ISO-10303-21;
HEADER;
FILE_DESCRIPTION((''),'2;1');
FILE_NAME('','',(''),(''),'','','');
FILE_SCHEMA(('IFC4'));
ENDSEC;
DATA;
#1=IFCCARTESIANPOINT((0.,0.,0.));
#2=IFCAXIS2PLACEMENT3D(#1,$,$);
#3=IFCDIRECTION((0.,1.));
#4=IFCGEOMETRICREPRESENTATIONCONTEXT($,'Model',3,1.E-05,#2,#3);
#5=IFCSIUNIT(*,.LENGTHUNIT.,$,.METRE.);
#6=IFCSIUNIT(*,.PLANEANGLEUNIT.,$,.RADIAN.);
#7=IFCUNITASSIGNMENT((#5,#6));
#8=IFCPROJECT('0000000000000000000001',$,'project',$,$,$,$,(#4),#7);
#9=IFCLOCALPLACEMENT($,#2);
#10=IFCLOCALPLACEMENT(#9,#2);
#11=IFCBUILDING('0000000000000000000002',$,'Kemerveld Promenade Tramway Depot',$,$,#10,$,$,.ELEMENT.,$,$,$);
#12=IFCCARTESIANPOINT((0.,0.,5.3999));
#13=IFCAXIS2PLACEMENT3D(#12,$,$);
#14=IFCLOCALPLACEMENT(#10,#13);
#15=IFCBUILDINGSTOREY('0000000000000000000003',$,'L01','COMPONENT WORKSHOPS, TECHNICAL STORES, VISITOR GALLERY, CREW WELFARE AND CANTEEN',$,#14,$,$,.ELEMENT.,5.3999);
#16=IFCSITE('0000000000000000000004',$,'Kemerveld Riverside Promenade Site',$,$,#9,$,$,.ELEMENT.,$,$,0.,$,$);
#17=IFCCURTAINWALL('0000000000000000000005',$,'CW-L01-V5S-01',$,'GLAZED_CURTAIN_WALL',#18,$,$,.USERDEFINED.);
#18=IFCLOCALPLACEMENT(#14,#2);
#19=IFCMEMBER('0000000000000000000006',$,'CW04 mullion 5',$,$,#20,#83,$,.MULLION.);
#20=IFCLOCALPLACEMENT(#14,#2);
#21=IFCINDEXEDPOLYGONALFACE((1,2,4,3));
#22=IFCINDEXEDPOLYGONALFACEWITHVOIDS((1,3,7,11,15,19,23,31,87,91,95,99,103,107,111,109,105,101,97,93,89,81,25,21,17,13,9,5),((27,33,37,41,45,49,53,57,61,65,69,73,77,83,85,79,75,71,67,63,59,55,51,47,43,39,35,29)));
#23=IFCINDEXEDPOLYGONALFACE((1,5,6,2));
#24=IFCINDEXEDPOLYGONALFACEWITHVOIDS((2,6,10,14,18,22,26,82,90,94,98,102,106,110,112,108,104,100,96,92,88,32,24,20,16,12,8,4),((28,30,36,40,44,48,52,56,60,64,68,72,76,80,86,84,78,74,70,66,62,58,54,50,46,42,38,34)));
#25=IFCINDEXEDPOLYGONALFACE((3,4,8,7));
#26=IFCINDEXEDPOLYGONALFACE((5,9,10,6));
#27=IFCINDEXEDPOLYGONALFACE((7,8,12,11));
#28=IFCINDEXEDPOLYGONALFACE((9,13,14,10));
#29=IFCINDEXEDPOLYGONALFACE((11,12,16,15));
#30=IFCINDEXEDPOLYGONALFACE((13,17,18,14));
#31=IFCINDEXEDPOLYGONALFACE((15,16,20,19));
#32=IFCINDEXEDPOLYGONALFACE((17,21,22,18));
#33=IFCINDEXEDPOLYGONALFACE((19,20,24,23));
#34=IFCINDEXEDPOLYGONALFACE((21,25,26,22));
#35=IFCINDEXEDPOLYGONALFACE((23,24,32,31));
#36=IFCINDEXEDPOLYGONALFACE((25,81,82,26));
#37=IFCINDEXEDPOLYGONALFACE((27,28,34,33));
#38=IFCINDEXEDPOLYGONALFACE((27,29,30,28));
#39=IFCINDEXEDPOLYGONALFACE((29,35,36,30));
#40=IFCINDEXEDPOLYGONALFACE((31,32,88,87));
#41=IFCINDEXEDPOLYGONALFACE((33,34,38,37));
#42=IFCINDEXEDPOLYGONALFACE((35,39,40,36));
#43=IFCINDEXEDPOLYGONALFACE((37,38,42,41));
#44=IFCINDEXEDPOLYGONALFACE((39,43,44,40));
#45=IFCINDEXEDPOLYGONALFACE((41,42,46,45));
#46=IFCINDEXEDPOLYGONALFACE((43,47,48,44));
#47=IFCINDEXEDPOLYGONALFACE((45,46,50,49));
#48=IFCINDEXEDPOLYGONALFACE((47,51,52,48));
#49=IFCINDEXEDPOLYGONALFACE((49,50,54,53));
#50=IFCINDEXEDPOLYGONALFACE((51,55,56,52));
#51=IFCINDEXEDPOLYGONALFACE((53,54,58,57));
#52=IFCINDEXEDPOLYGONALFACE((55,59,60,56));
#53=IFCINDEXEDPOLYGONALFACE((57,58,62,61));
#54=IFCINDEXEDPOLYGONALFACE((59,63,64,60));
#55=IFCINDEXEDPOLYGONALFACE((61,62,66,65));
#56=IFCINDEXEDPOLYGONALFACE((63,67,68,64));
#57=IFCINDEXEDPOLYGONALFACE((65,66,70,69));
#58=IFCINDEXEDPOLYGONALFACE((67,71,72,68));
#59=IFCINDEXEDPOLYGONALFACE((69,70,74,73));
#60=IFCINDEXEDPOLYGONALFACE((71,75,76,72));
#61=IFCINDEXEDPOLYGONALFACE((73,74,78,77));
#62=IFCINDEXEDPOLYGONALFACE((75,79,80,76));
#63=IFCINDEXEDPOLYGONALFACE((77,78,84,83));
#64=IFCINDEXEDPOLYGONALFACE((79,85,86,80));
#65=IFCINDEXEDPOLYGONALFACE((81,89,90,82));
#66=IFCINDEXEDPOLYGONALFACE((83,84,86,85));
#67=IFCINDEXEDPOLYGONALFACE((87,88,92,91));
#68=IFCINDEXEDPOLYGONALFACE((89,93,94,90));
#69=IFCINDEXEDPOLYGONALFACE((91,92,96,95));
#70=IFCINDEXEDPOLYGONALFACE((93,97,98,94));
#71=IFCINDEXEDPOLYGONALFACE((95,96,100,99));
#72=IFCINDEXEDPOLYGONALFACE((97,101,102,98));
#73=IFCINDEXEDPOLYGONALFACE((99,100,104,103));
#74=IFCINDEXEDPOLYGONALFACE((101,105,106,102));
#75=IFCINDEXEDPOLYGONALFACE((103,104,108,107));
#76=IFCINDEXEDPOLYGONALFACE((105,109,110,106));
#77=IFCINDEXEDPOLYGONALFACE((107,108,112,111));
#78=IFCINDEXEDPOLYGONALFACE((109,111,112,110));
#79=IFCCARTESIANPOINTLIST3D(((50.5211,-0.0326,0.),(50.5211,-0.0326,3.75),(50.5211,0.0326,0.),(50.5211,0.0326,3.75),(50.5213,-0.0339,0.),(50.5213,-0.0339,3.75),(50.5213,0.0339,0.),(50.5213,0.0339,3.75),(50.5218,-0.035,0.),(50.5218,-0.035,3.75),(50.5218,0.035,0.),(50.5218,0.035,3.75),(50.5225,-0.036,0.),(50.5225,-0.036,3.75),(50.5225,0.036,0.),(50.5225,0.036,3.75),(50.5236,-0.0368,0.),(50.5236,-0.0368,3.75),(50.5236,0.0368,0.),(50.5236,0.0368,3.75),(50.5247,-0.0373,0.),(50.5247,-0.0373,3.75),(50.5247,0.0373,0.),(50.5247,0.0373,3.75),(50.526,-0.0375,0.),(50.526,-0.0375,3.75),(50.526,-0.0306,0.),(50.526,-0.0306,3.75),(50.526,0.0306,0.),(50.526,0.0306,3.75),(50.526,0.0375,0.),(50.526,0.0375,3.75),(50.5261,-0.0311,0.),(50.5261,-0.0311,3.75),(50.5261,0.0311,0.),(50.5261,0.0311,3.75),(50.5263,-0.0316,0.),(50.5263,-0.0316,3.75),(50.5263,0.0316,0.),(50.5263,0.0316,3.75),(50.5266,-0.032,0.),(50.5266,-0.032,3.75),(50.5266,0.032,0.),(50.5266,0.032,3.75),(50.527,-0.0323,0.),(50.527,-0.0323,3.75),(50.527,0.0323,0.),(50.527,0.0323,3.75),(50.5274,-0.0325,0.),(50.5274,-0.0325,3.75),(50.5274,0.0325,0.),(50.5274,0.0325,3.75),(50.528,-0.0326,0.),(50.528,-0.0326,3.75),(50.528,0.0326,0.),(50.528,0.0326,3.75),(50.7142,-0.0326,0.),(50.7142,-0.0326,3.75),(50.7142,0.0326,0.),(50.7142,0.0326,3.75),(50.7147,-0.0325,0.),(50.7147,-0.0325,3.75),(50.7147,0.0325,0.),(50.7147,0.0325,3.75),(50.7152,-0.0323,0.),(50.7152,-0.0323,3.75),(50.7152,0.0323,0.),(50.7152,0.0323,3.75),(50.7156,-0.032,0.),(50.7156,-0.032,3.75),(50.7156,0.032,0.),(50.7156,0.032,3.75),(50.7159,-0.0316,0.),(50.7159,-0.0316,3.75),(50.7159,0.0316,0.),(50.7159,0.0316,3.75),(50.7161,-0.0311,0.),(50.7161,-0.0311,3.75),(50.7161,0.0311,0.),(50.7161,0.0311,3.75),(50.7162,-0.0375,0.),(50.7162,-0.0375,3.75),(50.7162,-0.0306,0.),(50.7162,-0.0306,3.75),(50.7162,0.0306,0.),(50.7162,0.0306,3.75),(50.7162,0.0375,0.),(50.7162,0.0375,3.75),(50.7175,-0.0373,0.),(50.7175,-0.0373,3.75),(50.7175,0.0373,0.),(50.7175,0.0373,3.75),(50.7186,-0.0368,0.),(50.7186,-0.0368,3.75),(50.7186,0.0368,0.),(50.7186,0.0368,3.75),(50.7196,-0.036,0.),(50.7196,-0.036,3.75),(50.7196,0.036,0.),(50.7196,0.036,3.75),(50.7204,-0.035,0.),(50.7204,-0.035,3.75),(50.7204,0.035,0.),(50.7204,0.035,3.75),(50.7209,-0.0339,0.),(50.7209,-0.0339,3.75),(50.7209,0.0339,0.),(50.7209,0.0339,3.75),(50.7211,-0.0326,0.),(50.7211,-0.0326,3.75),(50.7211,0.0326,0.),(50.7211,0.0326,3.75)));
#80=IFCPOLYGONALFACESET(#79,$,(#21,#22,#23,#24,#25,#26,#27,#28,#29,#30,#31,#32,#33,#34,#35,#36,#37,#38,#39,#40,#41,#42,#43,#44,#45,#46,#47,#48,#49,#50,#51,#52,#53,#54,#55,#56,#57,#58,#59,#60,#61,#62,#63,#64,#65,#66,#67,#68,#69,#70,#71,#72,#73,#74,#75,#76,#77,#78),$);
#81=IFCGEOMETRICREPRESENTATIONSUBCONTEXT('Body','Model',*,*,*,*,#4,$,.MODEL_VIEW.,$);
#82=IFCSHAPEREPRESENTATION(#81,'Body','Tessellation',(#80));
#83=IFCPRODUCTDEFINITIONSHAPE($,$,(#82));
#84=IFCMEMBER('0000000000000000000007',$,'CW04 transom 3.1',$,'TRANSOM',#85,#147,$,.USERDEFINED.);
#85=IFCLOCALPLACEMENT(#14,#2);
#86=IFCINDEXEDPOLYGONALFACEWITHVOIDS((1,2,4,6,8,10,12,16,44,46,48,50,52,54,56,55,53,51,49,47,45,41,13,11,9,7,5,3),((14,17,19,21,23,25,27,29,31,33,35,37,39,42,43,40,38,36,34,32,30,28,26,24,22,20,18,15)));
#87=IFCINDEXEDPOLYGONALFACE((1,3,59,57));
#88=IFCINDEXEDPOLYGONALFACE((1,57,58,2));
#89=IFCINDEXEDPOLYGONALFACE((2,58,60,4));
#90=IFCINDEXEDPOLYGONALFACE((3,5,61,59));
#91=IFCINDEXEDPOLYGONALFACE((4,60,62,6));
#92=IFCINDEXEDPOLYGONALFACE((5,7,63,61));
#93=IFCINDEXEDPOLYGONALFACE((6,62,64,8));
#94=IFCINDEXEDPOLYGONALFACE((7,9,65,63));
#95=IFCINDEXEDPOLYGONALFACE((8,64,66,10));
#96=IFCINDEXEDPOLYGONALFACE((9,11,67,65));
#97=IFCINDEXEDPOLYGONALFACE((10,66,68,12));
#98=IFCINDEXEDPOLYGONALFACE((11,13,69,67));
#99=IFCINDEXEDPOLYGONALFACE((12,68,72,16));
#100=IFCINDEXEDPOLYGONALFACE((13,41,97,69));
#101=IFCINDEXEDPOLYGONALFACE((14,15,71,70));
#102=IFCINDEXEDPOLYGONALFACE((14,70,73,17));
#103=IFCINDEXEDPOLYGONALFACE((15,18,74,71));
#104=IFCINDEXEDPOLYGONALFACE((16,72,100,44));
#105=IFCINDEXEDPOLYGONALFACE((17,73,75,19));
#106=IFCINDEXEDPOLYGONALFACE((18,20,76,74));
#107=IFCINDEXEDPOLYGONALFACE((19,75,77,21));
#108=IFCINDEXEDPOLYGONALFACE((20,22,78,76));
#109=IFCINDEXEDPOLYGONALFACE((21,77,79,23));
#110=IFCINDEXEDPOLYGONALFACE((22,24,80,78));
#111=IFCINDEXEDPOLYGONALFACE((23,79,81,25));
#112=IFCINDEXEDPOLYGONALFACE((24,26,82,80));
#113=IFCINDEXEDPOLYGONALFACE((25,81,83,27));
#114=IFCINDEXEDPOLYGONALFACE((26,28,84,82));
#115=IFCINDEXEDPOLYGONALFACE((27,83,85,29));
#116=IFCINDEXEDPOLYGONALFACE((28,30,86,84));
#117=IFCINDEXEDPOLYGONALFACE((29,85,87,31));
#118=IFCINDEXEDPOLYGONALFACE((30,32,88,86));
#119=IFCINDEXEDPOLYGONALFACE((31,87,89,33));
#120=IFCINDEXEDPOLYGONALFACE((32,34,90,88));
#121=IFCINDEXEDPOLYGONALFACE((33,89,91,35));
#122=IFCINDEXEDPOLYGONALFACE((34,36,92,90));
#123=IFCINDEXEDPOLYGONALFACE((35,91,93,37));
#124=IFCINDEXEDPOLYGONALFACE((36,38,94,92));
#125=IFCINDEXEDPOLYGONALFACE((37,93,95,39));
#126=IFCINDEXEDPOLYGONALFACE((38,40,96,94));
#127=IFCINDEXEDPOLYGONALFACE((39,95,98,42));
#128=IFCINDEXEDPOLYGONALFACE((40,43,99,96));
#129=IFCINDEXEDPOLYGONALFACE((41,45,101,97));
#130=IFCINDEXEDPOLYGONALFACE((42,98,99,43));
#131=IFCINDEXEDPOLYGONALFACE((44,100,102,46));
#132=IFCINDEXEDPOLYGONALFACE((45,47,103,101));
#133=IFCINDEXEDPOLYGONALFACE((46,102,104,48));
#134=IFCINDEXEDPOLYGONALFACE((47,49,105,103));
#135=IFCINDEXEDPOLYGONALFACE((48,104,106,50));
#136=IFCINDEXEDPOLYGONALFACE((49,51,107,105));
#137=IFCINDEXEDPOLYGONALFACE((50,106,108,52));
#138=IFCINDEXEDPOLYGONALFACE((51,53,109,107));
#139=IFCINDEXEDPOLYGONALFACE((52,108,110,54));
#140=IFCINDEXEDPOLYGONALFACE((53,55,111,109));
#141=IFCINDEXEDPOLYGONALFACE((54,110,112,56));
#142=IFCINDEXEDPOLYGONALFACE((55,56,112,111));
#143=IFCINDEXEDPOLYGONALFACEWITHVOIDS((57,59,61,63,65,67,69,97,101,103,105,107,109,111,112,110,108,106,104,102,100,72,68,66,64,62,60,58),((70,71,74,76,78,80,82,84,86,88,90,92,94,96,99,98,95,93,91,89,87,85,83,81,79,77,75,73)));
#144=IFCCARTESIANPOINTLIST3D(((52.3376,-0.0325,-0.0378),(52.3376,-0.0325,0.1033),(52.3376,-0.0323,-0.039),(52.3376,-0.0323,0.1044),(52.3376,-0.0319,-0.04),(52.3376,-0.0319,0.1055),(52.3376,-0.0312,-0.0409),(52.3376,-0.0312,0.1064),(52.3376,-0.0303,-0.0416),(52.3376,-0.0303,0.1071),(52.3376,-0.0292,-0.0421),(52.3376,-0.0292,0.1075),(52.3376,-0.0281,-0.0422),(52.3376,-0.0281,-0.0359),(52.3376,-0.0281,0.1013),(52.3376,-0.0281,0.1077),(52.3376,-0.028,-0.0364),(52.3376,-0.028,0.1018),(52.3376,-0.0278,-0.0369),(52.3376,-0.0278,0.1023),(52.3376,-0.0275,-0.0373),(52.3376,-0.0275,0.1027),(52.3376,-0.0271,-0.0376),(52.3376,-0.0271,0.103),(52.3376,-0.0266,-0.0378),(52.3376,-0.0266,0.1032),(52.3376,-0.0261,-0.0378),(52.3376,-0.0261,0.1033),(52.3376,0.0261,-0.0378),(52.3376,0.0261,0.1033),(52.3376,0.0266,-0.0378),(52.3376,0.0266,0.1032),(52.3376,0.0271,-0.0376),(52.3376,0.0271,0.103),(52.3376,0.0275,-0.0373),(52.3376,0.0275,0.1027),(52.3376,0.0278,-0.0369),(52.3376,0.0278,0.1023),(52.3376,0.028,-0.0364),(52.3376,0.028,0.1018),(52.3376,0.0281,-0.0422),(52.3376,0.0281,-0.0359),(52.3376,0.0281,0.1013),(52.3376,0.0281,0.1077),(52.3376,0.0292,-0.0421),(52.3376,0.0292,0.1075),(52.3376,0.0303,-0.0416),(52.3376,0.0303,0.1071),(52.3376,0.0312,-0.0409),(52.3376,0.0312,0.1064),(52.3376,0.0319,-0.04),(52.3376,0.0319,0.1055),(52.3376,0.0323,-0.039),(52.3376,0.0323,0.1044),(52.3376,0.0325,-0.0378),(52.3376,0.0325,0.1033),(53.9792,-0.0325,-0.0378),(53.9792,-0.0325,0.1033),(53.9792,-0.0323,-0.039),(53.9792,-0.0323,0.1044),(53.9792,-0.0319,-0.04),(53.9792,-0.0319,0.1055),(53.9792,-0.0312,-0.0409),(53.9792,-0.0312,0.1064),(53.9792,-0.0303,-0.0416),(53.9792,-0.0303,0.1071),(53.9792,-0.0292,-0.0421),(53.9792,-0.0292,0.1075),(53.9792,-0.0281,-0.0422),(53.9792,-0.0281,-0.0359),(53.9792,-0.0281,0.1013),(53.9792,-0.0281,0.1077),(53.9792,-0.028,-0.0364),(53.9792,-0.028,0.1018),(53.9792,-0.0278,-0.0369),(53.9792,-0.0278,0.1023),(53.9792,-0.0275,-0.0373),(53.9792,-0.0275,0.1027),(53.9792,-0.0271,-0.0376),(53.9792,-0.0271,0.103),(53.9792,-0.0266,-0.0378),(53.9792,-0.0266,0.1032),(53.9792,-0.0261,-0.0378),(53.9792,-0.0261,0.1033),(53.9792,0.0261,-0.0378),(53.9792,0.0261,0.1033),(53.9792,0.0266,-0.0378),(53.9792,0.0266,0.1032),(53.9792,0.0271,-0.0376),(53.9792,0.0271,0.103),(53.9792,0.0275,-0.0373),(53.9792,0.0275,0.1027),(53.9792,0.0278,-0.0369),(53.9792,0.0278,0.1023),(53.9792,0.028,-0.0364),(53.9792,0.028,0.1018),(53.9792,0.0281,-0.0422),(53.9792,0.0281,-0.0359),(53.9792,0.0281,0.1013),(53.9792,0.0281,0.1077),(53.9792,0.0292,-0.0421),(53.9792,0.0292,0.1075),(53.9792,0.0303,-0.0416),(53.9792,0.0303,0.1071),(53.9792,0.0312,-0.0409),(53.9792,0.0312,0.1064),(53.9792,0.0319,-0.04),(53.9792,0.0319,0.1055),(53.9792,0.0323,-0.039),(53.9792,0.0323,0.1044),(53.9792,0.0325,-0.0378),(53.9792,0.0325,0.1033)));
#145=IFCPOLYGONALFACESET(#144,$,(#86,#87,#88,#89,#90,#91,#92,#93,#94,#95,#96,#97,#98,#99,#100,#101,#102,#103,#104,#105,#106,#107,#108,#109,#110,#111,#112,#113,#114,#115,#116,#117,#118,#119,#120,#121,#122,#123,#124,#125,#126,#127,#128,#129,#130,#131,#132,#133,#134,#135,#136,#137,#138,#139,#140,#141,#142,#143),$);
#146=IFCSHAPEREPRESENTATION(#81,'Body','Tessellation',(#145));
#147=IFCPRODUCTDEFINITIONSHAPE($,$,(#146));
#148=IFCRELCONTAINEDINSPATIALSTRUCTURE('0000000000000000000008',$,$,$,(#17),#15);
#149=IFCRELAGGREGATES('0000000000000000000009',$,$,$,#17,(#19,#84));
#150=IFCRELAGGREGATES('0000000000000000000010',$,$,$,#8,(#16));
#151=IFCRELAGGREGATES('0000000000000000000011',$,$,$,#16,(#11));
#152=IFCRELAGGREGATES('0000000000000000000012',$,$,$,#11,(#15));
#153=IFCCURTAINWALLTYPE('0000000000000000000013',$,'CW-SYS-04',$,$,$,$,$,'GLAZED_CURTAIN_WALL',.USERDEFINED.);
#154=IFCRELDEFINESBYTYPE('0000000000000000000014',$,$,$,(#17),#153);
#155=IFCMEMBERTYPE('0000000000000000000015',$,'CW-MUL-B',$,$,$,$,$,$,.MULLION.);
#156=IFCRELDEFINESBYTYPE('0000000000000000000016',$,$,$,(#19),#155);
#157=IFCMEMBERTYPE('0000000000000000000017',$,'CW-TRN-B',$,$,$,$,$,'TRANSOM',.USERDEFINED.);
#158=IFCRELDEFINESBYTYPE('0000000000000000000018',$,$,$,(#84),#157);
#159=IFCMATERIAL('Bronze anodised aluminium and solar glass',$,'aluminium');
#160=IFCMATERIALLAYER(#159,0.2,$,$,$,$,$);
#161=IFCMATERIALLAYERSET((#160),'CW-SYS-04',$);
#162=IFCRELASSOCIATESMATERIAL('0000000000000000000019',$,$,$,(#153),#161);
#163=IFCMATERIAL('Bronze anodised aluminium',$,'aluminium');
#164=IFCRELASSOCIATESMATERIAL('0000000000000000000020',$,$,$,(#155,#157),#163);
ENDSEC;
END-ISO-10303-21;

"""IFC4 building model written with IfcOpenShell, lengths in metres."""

from ifc_helpers import new_model, si_unit, direction, frame, origin, origin_2d, place, context, subcontext, project, spatial, hollow_rectangle, extrude, material, layer, layer_set, material_profile, profile_set, type_object, element, aggregate, save


model = new_model("IFC4")

# Units and contexts
model_context = context("Model", 3, precision=1e-05, world=origin(), true_north=direction((0.0, 1.0)))
body_context = subcontext(model_context, "Body", "Model", "MODEL_VIEW")
ifc_project = project(units=[si_unit("LENGTHUNIT", "METRE"), si_unit("PLANEANGLEUNIT", "RADIAN")], contexts=[model_context])

# Site, building, storey
site_placement = place(None, origin())
site = spatial("IfcSite", under=ifc_project, at=site_placement, Name="Kemerveld Riverside Promenade Site", CompositionType="ELEMENT", RefElevation=0.0)
building_placement = place(site_placement, origin())
building = spatial("IfcBuilding", under=site, at=building_placement, Name="Kemerveld Promenade Tramway Depot", CompositionType="ELEMENT")
storey_placement = place(building_placement, frame((0.0, 0.0, 5.3999)))
storey = spatial("IfcBuildingStorey", under=building, at=storey_placement, Name="L01", Description="COMPONENT WORKSHOPS, TECHNICAL STORES, VISITOR GALLERY, CREW WELFARE AND CANTEEN", CompositionType="ELEMENT", Elevation=5.3999)

# Curtain wall, members
ifc_material_1 = material(Name="Bronze anodised aluminium and solar glass", Category="aluminium")
ifc_layer_1 = layer(ifc_material_1, 0.2)
ifc_layer_set_1 = layer_set([ifc_layer_1], Name="CW-SYS-04")
curtain_wall_type = type_object("IfcCurtainWallType", Name="CW-SYS-04", ElementType="GLAZED_CURTAIN_WALL", PredefinedType="USERDEFINED", material=ifc_layer_set_1)
curtain_wall_placement = place(storey_placement, origin())
curtain_wall = element("IfcCurtainWall", 1, at=curtain_wall_placement, inside=storey, type_object=curtain_wall_type, Name="CW-L01-V5S-01", ObjectType="GLAZED_CURTAIN_WALL", PredefinedType="USERDEFINED")
ifc_material_2 = material(Name="Bronze anodised aluminium", Category="aluminium")
ifc_material_profile_1 = material_profile(ifc_material_2, hollow_rectangle(XDim=0.075, YDim=0.2, WallThickness=0.0049, InnerFilletRadius=0.002, OuterFilletRadius=0.0049, at=origin_2d()), Name="CW-MUL-200x75")
ifc_profile_set_1 = profile_set([ifc_material_profile_1], Name="Bronze anodised aluminium")
member_type_1 = type_object("IfcMemberType", Name="CW-MUL-B", PredefinedType="MULLION", material=ifc_profile_set_1)
member_1_placement = place(storey_placement, frame((50.6211, 0.0, 0.0), z_axis=(0.0, 0.0, 1.0), x_axis=(0.0, -1.0, 0.0)))
member_1 = element("IfcMember", 2, at=member_1_placement, type_object=member_type_1, Name="CW04 mullion 5", PredefinedType="MULLION", context=body_context, shape_type="SweptSolid", body=[
    extrude(hollow_rectangle(XDim=0.075, YDim=0.2, WallThickness=0.0049, InnerFilletRadius=0.002, OuterFilletRadius=0.0049, at=origin_2d()), origin(), (0.0, 0.0, 1.0), 3.75),
])
ifc_material_profile_2 = material_profile(ifc_material_2, hollow_rectangle(XDim=0.0649, YDim=0.1499, WallThickness=0.0044, InnerFilletRadius=0.002, OuterFilletRadius=0.0044, at=origin_2d()), Name="CW-TRN-150x65")
ifc_profile_set_2 = profile_set([ifc_material_profile_2], Name="Bronze anodised aluminium")
member_type_2 = type_object("IfcMemberType", Name="CW-TRN-B", ElementType="TRANSOM", PredefinedType="USERDEFINED", material=ifc_profile_set_2)
member_2_placement = place(storey_placement, frame((53.9792, 0.0, 0.0327), z_axis=(-1.0, 0.0, 0.0), x_axis=(0.0, -1.0, 0.0)))
member_2 = element("IfcMember", 3, at=member_2_placement, type_object=member_type_2, Name="CW04 transom 3.1", ObjectType="TRANSOM", PredefinedType="USERDEFINED", context=body_context, shape_type="SweptSolid", body=[
    extrude(hollow_rectangle(XDim=0.0649, YDim=0.1499, WallThickness=0.0044, InnerFilletRadius=0.002, OuterFilletRadius=0.0044, at=origin_2d()), origin(), (0.0, 0.0, 1.0), 1.6416),
])
aggregate(curtain_wall, [member_1, member_2])

save(model, "model.ifc")
